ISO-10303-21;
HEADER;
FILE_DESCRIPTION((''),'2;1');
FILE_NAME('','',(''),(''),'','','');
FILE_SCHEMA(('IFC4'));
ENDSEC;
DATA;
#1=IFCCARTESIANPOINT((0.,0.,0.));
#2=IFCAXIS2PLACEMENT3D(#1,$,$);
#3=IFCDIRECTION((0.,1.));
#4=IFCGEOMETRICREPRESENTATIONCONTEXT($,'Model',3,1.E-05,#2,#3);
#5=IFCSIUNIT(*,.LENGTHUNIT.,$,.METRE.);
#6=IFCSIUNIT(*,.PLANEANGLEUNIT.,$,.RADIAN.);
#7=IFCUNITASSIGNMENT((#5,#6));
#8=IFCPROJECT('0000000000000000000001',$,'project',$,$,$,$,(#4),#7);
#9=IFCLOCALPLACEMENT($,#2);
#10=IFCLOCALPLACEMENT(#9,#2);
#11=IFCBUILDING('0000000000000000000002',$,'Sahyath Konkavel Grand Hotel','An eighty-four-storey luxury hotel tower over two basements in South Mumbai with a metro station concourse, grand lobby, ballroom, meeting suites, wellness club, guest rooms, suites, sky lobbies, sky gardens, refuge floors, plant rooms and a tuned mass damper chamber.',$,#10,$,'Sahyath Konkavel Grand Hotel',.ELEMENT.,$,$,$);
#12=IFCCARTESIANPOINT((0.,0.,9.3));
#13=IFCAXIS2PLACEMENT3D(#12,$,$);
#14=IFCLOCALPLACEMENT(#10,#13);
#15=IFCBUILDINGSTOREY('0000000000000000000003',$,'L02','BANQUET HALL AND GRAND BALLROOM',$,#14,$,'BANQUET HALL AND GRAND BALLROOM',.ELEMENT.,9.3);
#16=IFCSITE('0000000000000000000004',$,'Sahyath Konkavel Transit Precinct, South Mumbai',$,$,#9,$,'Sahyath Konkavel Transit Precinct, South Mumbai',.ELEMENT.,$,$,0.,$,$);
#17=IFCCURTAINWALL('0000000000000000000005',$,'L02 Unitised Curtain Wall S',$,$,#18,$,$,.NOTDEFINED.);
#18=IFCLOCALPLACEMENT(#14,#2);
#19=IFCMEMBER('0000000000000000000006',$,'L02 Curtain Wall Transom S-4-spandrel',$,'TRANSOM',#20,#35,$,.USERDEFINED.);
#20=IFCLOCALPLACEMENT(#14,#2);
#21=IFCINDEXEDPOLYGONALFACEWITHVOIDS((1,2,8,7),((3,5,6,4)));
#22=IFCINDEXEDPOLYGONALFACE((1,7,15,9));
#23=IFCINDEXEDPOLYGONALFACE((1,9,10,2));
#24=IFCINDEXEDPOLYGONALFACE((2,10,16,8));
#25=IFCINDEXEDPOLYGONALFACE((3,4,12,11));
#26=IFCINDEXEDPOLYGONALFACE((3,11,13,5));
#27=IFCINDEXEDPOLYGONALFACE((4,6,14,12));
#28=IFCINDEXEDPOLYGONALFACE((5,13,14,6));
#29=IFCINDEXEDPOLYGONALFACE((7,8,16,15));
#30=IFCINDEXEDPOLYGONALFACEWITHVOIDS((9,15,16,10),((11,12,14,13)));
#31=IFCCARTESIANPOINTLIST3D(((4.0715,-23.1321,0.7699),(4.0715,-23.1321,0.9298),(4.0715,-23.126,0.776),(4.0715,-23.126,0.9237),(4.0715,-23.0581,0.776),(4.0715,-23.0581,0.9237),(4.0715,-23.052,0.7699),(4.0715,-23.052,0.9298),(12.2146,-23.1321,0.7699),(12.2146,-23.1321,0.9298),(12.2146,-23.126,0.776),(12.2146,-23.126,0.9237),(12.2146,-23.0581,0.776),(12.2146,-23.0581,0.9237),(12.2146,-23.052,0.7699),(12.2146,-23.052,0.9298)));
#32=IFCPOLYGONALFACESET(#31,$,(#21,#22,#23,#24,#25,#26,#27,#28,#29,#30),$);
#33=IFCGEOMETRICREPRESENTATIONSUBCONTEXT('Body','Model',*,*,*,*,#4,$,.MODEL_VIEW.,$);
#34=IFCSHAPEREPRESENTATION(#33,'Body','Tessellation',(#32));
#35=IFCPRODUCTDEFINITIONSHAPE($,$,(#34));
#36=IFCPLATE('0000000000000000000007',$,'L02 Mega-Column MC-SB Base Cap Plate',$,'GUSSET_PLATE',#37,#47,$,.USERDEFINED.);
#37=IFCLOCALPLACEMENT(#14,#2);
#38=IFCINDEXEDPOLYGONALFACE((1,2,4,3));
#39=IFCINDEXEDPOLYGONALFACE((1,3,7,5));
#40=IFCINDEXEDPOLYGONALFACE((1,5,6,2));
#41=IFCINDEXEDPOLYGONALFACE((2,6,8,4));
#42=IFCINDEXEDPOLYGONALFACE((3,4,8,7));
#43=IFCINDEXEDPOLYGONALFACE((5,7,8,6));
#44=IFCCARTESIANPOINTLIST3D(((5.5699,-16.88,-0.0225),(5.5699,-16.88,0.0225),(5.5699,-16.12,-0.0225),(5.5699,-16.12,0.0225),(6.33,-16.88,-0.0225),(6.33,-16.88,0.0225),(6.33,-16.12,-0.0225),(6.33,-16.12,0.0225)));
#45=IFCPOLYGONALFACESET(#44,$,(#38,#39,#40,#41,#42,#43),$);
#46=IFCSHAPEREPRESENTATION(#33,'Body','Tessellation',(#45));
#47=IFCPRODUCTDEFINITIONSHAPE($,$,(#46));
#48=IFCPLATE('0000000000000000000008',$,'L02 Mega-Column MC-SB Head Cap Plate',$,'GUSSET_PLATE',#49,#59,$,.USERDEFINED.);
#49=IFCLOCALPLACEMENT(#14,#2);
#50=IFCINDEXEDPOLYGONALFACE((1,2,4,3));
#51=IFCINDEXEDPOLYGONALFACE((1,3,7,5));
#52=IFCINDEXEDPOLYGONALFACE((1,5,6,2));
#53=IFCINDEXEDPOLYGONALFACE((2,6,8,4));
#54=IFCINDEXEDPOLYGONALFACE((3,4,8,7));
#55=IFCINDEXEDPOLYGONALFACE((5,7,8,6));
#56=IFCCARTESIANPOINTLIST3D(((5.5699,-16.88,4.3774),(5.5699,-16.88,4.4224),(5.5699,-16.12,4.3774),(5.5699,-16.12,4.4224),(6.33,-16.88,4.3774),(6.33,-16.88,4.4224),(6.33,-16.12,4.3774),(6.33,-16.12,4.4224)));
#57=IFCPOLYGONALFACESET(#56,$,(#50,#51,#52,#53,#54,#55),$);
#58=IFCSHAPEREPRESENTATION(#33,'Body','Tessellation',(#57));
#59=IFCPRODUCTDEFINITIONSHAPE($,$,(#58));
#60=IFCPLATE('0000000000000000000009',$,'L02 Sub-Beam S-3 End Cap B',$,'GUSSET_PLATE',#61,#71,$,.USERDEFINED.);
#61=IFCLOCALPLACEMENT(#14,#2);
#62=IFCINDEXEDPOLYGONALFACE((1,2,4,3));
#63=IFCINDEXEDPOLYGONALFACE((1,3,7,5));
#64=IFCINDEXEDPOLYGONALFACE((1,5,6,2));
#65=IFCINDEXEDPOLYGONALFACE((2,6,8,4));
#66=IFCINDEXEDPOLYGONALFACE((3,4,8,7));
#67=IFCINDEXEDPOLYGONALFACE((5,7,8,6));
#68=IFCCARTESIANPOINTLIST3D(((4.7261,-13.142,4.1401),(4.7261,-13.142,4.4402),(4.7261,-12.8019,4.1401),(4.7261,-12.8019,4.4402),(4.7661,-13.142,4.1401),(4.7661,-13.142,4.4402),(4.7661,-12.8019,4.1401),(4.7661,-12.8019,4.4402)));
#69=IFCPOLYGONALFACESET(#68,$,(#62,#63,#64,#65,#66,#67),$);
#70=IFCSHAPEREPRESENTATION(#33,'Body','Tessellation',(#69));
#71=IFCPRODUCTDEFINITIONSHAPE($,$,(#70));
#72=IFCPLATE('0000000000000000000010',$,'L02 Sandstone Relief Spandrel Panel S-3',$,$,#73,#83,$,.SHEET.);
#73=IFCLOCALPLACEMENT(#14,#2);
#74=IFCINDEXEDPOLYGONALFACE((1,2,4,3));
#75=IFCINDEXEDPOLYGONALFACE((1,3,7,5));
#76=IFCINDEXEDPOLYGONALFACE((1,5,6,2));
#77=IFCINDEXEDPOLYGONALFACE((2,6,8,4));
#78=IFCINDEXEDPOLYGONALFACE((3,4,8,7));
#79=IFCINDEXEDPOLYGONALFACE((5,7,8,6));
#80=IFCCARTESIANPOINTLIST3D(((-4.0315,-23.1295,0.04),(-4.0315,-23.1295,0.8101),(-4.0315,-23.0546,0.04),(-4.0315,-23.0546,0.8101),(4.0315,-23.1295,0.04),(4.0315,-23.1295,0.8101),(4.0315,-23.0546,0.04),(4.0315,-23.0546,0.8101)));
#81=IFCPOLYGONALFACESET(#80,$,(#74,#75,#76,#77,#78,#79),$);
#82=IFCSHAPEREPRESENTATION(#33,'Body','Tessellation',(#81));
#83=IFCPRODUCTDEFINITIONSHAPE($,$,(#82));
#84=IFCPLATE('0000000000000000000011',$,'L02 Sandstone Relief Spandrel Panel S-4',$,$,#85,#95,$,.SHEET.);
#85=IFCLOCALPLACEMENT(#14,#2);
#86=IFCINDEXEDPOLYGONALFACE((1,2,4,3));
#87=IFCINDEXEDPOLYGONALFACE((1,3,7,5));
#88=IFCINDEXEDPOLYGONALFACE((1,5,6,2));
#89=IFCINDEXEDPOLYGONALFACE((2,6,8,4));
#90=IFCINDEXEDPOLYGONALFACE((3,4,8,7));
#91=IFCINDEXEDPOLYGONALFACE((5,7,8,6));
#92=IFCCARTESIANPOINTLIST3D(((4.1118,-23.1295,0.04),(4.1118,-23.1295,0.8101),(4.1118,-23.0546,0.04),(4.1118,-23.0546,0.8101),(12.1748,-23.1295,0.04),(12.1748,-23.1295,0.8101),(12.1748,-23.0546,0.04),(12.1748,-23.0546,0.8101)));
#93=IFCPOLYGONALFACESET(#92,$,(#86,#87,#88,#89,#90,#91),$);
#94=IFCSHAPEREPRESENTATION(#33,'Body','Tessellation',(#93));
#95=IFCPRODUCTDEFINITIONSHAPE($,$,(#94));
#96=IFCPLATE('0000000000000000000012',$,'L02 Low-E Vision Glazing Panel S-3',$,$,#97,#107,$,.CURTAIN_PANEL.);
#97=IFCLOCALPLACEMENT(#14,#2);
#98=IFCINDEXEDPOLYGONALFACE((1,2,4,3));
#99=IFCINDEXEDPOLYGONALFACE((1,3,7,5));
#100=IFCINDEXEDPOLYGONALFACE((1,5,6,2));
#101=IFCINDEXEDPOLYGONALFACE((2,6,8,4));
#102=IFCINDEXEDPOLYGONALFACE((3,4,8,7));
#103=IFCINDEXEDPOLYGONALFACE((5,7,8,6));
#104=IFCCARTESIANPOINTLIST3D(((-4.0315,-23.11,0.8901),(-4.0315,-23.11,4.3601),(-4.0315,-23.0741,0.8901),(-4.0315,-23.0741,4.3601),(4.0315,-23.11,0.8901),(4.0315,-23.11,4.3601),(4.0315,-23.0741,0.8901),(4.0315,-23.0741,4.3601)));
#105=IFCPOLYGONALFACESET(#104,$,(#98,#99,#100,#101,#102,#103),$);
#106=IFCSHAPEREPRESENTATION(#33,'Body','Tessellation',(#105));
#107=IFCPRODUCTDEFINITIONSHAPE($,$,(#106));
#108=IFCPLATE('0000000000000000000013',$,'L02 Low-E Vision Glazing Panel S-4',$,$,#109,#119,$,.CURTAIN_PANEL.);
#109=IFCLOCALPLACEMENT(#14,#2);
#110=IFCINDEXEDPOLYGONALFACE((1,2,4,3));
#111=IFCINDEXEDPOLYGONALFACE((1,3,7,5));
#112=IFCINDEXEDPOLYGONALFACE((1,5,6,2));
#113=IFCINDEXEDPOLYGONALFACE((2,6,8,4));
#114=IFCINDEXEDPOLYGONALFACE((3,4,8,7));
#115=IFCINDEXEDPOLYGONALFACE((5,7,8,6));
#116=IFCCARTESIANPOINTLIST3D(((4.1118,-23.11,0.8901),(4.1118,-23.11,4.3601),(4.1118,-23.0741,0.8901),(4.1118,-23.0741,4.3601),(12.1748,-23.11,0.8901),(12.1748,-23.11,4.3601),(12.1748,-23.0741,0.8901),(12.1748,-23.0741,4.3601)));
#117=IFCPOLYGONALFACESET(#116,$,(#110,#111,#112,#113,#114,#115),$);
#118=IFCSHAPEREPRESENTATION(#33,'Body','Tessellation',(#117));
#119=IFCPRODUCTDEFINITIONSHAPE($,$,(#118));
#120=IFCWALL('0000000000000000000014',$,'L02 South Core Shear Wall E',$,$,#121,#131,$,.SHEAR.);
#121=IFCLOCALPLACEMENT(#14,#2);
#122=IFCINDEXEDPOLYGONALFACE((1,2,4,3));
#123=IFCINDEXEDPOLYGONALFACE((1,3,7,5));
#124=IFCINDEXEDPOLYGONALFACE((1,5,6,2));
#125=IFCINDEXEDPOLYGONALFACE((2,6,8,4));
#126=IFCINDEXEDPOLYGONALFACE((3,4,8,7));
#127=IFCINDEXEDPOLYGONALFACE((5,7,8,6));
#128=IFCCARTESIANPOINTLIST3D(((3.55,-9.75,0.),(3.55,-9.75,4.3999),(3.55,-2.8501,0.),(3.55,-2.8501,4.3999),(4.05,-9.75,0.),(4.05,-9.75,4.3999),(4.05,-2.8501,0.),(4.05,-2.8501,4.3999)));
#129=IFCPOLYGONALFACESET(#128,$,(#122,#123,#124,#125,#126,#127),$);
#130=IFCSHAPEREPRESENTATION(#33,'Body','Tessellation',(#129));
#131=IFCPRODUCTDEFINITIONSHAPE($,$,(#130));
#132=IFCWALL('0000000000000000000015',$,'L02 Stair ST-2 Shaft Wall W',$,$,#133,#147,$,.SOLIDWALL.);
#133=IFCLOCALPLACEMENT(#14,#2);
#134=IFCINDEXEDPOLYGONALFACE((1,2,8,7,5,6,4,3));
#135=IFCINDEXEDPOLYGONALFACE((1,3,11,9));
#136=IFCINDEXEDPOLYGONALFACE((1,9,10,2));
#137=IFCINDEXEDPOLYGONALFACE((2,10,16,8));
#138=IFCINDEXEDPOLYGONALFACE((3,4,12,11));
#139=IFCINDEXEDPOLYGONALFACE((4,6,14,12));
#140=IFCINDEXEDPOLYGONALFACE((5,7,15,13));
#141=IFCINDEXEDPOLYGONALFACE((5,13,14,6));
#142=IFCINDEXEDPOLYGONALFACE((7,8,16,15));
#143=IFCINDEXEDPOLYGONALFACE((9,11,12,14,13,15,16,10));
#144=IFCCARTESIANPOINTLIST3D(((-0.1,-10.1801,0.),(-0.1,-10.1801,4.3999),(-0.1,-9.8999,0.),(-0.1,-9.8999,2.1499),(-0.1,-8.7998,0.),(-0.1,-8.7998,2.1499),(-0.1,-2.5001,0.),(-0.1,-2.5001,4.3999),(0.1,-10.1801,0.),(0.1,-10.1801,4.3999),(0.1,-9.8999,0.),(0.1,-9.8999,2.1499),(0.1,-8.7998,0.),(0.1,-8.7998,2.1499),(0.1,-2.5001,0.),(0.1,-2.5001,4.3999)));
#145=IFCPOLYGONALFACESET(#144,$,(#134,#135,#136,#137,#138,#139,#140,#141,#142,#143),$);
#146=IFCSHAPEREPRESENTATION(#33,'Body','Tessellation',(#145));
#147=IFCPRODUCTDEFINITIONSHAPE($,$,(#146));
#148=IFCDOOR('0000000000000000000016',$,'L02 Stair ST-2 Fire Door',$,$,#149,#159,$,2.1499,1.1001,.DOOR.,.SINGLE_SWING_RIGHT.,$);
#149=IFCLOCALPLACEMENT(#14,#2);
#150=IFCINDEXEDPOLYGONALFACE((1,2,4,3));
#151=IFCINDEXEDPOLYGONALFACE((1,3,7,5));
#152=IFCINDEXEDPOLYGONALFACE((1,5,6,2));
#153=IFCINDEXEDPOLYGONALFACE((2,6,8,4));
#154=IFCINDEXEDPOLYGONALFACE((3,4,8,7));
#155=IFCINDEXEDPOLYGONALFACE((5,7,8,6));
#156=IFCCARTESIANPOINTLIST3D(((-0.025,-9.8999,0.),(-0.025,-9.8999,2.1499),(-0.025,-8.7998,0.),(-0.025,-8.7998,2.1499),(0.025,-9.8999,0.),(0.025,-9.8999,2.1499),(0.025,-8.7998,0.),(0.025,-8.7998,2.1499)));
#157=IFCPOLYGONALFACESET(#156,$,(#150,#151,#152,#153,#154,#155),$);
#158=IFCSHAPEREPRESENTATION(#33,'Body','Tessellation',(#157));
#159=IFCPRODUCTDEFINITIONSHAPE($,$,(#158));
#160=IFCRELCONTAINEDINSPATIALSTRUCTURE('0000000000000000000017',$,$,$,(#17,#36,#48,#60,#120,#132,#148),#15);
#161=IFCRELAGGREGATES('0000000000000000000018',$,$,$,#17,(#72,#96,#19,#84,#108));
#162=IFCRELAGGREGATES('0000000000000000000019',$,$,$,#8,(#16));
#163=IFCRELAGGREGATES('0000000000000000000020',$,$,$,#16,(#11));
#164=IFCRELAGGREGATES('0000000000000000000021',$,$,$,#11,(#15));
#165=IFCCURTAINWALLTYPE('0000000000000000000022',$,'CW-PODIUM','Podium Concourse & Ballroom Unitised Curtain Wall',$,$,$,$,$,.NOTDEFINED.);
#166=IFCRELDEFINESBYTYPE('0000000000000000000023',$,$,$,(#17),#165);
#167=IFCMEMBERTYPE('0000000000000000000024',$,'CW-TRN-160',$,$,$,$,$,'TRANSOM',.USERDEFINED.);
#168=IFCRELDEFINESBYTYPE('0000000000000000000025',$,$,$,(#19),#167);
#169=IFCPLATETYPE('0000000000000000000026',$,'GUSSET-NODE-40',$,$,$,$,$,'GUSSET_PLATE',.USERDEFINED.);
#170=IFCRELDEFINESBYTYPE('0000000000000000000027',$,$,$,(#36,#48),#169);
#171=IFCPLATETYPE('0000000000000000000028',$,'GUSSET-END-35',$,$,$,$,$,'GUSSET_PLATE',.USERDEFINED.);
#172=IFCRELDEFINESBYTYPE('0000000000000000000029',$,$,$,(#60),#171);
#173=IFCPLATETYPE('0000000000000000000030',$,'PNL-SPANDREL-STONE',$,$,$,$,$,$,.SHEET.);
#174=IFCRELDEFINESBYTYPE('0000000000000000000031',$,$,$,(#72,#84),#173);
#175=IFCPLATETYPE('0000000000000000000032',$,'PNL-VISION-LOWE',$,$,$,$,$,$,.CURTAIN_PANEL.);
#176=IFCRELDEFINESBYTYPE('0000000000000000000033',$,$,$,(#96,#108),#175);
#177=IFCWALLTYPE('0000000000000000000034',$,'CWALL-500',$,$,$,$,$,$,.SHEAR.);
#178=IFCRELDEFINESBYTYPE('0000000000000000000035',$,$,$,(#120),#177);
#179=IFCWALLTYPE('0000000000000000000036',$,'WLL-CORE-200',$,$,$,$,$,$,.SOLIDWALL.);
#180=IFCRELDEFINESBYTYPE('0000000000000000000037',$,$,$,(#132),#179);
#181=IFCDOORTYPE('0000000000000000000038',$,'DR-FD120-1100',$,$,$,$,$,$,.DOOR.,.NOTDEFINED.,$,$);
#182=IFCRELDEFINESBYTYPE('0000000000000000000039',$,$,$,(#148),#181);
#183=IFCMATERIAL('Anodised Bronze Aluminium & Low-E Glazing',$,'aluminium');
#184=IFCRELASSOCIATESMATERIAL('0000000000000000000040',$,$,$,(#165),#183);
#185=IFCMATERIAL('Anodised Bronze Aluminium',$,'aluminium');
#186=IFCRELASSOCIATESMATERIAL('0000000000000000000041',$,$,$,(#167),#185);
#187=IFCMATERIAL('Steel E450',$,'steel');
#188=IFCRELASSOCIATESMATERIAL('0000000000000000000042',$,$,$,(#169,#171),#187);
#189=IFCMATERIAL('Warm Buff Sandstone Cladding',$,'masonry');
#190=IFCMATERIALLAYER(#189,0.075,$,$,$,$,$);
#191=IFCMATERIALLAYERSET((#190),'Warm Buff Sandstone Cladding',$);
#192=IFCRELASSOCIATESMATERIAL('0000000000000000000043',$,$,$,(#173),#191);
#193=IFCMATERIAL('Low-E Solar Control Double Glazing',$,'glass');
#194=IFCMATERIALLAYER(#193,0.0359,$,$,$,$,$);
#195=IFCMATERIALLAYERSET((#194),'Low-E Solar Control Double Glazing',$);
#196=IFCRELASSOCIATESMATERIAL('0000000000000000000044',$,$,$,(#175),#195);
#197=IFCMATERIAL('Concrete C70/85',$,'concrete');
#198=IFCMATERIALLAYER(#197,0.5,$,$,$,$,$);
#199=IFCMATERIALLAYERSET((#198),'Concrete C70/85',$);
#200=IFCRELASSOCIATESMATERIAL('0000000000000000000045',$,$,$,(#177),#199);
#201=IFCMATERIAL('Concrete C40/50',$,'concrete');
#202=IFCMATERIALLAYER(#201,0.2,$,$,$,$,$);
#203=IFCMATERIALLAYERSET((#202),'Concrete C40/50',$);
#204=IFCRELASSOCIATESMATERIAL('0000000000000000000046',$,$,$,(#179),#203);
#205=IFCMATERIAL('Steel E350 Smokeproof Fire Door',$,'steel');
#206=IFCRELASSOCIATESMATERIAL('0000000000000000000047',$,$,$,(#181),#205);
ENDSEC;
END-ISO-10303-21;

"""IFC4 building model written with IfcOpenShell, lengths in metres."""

from ifc_helpers import new_model, si_unit, direction, frame, frame_2d, origin, origin_2d, place, context, subcontext, project, spatial, rectangle, hollow_rectangle, extrude, source, transform, mapped, material, layer, layer_set, material_profile, profile_set, type_object, element, fill, aggregate, save


model = new_model("IFC4")

# Units and contexts
model_context = context("Model", 3, precision=1e-05, world=origin(), true_north=direction((0.0, 1.0)))
body_context = subcontext(model_context, "Body", "Model", "MODEL_VIEW")
ifc_project = project(units=[si_unit("LENGTHUNIT", "METRE"), si_unit("PLANEANGLEUNIT", "RADIAN")], contexts=[model_context])

# Site, building, storey
site_placement = place(None, origin())
site = spatial("IfcSite", under=ifc_project, at=site_placement, Name="Sahyath Konkavel Transit Precinct, South Mumbai", LongName="Sahyath Konkavel Transit Precinct, South Mumbai", CompositionType="ELEMENT", RefElevation=0.0)
building_placement = place(site_placement, origin())
building = spatial("IfcBuilding", under=site, at=building_placement, Name="Sahyath Konkavel Grand Hotel", Description="An eighty-four-storey luxury hotel tower over two basements in South Mumbai with a metro station concourse, grand lobby, ballroom, meeting suites, wellness club, guest rooms, suites, sky lobbies, sky gardens, refuge floors, plant rooms and a tuned mass damper chamber.", LongName="Sahyath Konkavel Grand Hotel", CompositionType="ELEMENT")
storey_placement = place(building_placement, frame((0.0, 0.0, 9.3)))
storey = spatial("IfcBuildingStorey", under=building, at=storey_placement, Name="L02", Description="BANQUET HALL AND GRAND BALLROOM", LongName="BANQUET HALL AND GRAND BALLROOM", CompositionType="ELEMENT", Elevation=9.3)

# Shared definitions
ifc_material_1 = material(Name="Concrete C70/85", Category="concrete")
ifc_material_2 = material(Name="Steel E450", Category="steel")

# Curtain wall, member
ifc_material_3 = material(Name="Anodised Bronze Aluminium & Low-E Glazing", Category="aluminium")
curtain_wall_type = type_object("IfcCurtainWallType", Name="CW-PODIUM", Description="Podium Concourse & Ballroom Unitised Curtain Wall", PredefinedType="NOTDEFINED", material=ifc_material_3)
curtain_wall_placement = place(storey_placement, origin())
curtain_wall = element("IfcCurtainWall", 1, at=curtain_wall_placement, inside=storey, type_object=curtain_wall_type, Name="L02 Unitised Curtain Wall S", PredefinedType="NOTDEFINED")
ifc_material_4 = material(Name="Anodised Bronze Aluminium", Category="aluminium")
ifc_material_profile_1 = material_profile(ifc_material_4, hollow_rectangle(XDim=0.0801, YDim=0.1599, WallThickness=0.0061, at=origin_2d()), Name="RHS 160x80x6")
ifc_profile_set_1 = profile_set([ifc_material_profile_1], Name="Anodised Bronze Aluminium")
member_type_1 = type_object("IfcMemberType", Name="CW-TRN-160", ElementType="TRANSOM", PredefinedType="USERDEFINED", material=ifc_profile_set_1)
shared_shape_1 = source(origin(), body_context, "Body", "SweptSolid", [
    extrude(hollow_rectangle(XDim=0.0801, YDim=0.1599, WallThickness=0.0061, at=origin_2d()), origin(), (0.0, 0.0, 1.0), 8.1431),
])
member_1_placement = place(storey_placement, frame((4.0715, -23.092, 0.8499), z_axis=(1.0, 0.0, 0.0), x_axis=(0.0, 1.0, 0.0)))
member_1 = element("IfcMember", 2, at=member_1_placement, type_object=member_type_1, Name="L02 Curtain Wall Transom S-4-spandrel", ObjectType="TRANSOM", PredefinedType="USERDEFINED", context=body_context, shape_type="MappedRepresentation", body=[
    mapped(shared_shape_1, transform((0.0, 0.0, 0.0), scale=1.0)),
])

# Plates
plate_type_1 = type_object("IfcPlateType", Name="GUSSET-NODE-40", ElementType="GUSSET_PLATE", PredefinedType="USERDEFINED", material=ifc_material_2)
shared_shape_2 = source(origin(), body_context, "Body", "SweptSolid", [
    extrude(rectangle(XDim=0.76, YDim=0.76, at=origin_2d()), origin(), (0.0, 0.0, 1.0), 0.0449),
])
for number, where, z_axis, x_axis, name in (
    (3, (5.95, -16.5, -0.0225), (0.0, 0.0, 1.0), (1.0, 0.0, 0.0), "L02 Mega-Column MC-SB Base Cap Plate"),
    (4, (5.95, -16.5, 4.3774), (0.0, 0.0, 1.0), (1.0, 0.0, 0.0), "L02 Mega-Column MC-SB Head Cap Plate"),
):
    element("IfcPlate", number, at=place(storey_placement, frame(where, z_axis=z_axis, x_axis=x_axis)), inside=storey, type_object=plate_type_1, Name=name, ObjectType="GUSSET_PLATE", PredefinedType="USERDEFINED", context=body_context, shape_type="MappedRepresentation", body=[
        mapped(shared_shape_2, transform((0.0, 0.0, 0.0), scale=1.0)),
    ])
plate_type_2 = type_object("IfcPlateType", Name="GUSSET-END-35", ElementType="GUSSET_PLATE", PredefinedType="USERDEFINED", material=ifc_material_2)
shared_shape_3 = source(origin(), body_context, "Body", "SweptSolid", [
    extrude(rectangle(XDim=0.04, YDim=0.3401, at=origin_2d()), origin(), (0.0, 0.0, 1.0), 0.3),
])
plate_1_placement = place(storey_placement, frame((4.7461, -12.9719, 4.1401), z_axis=(0.0, 0.0, 1.0), x_axis=(1.0, 0.0, 0.0)))
element("IfcPlate", 5, at=plate_1_placement, inside=storey, type_object=plate_type_2, Name="L02 Sub-Beam S-3 End Cap B", ObjectType="GUSSET_PLATE", PredefinedType="USERDEFINED", context=body_context, shape_type="MappedRepresentation", body=[
    mapped(shared_shape_3, transform((0.0, 0.0, 0.0), scale=1.0)),
])

# Plates
ifc_material_5 = material(Name="Warm Buff Sandstone Cladding", Category="masonry")
ifc_layer_1 = layer(ifc_material_5, 0.075)
ifc_layer_set_1 = layer_set([ifc_layer_1], Name="Warm Buff Sandstone Cladding")
plate_type_3 = type_object("IfcPlateType", Name="PNL-SPANDREL-STONE", PredefinedType="SHEET", material=ifc_layer_set_1)
shared_shape_4 = source(origin(), body_context, "Body", "SweptSolid", [
    extrude(rectangle(XDim=8.063, YDim=0.075, at=origin_2d()), origin(), (0.0, 0.0, 1.0), 0.77),
])
plate_2_placement = place(storey_placement, frame((0.0, -23.092, 0.04), z_axis=(0.0, 0.0, 1.0), x_axis=(1.0, 0.0, 0.0)))
plate_2 = element("IfcPlate", 6, at=plate_2_placement, type_object=plate_type_3, Name="L02 Sandstone Relief Spandrel Panel S-3", PredefinedType="SHEET", context=body_context, shape_type="MappedRepresentation", body=[
    mapped(shared_shape_4, transform((0.0, 0.0, 0.0), scale=1.0)),
])
plate_3_placement = place(storey_placement, frame((8.1433, -23.092, 0.04), z_axis=(0.0, 0.0, 1.0), x_axis=(1.0, 0.0, 0.0)))
plate_3 = element("IfcPlate", 7, at=plate_3_placement, type_object=plate_type_3, Name="L02 Sandstone Relief Spandrel Panel S-4", PredefinedType="SHEET", context=body_context, shape_type="MappedRepresentation", body=[
    mapped(shared_shape_4, transform((0.0, 0.0, 0.0), scale=1.0)),
])
ifc_material_6 = material(Name="Low-E Solar Control Double Glazing", Category="glass")
ifc_layer_2 = layer(ifc_material_6, 0.0359)
ifc_layer_set_2 = layer_set([ifc_layer_2], Name="Low-E Solar Control Double Glazing")
plate_type_4 = type_object("IfcPlateType", Name="PNL-VISION-LOWE", PredefinedType="CURTAIN_PANEL", material=ifc_layer_set_2)
shared_shape_5 = source(origin(), body_context, "Body", "SweptSolid", [
    extrude(rectangle(XDim=8.063, YDim=0.0359, at=origin_2d()), origin(), (0.0, 0.0, 1.0), 3.47),
])
plate_4_placement = place(storey_placement, frame((0.0, -23.092, 0.8901), z_axis=(0.0, 0.0, 1.0), x_axis=(1.0, 0.0, 0.0)))
plate_4 = element("IfcPlate", 8, at=plate_4_placement, type_object=plate_type_4, Name="L02 Low-E Vision Glazing Panel S-3", PredefinedType="CURTAIN_PANEL", context=body_context, shape_type="MappedRepresentation", body=[
    mapped(shared_shape_5, transform((0.0, 0.0, 0.0), scale=1.0)),
])
plate_5_placement = place(storey_placement, frame((8.1433, -23.092, 0.8901), z_axis=(0.0, 0.0, 1.0), x_axis=(1.0, 0.0, 0.0)))
plate_5 = element("IfcPlate", 9, at=plate_5_placement, type_object=plate_type_4, Name="L02 Low-E Vision Glazing Panel S-4", PredefinedType="CURTAIN_PANEL", context=body_context, shape_type="MappedRepresentation", body=[
    mapped(shared_shape_5, transform((0.0, 0.0, 0.0), scale=1.0)),
])
aggregate(curtain_wall, [plate_2, plate_4, member_1, plate_3, plate_5])

# Wall
ifc_layer_3 = layer(ifc_material_1, 0.5)
ifc_layer_set_3 = layer_set([ifc_layer_3], Name="Concrete C70/85")
wall_type_1 = type_object("IfcWallType", Name="CWALL-500", PredefinedType="SHEAR", material=ifc_layer_set_3)
wall_1_placement = place(storey_placement, frame((3.8, -9.75, 0.0), z_axis=(0.0, 0.0, 1.0), x_axis=(0.0, 1.0, 0.0)))
element("IfcWall", 10, at=wall_1_placement, inside=storey, type_object=wall_type_1, Name="L02 South Core Shear Wall E", PredefinedType="SHEAR", context=body_context, shape_type="SweptSolid", body=[
    extrude(rectangle(XDim=6.8999, YDim=0.5, at=frame_2d((3.45, 0.0))), origin(), (0.0, 0.0, 1.0), 4.3999),
])

# Wall, opening, door
ifc_material_7 = material(Name="Concrete C40/50", Category="concrete")
ifc_layer_4 = layer(ifc_material_7, 0.2)
ifc_layer_set_4 = layer_set([ifc_layer_4], Name="Concrete C40/50")
wall_type_2 = type_object("IfcWallType", Name="WLL-CORE-200", PredefinedType="SOLIDWALL", material=ifc_layer_set_4)
wall_2_placement = place(storey_placement, frame((0.0, -10.1799, 0.0), z_axis=(0.0, 0.0, 1.0), x_axis=(0.0, 1.0, 0.0)))
wall_2 = element("IfcWall", 11, at=wall_2_placement, inside=storey, type_object=wall_type_2, Name="L02 Stair ST-2 Shaft Wall W", PredefinedType="SOLIDWALL", context=body_context, shape_type="SweptSolid", body=[
    extrude(rectangle(XDim=7.6799, YDim=0.2, at=frame_2d((3.8398, 0.0))), origin(), (0.0, 0.0, 1.0), 4.3999),
])
opening_placement = place(wall_2_placement, frame((0.28, 0.0, 0.0)))
opening = element("IfcOpeningElement", 12, at=opening_placement, cuts=wall_2, PredefinedType="OPENING", context=body_context, shape_type="SweptSolid", body=[
    extrude(rectangle(XDim=1.1001, YDim=2.1499, at=frame_2d((0.55, 1.075))), frame((0.0, 0.1099, 0.0), z_axis=(0.0, -1.0, 0.0), x_axis=(1.0, 0.0, 0.0)), (0.0, 0.0, 1.0), 0.22),
])
ifc_material_8 = material(Name="Steel E350 Smokeproof Fire Door", Category="steel")
door_type = type_object("IfcDoorType", Name="DR-FD120-1100", OperationType="NOTDEFINED", PredefinedType="DOOR", material=ifc_material_8)
shared_shape_6 = source(origin(), body_context, "Body", "SweptSolid", [
    extrude(rectangle(XDim=1.1001, YDim=0.05, at=origin_2d()), origin(), (0.0, 0.0, 1.0), 2.1499),
])
door_placement = place(opening_placement, frame((0.55, 0.0, 0.0)))
door = element("IfcDoor", 13, at=door_placement, inside=storey, type_object=door_type, Name="L02 Stair ST-2 Fire Door", OperationType="SINGLE_SWING_RIGHT", OverallHeight=2.1499, OverallWidth=1.1001, PredefinedType="DOOR", context=body_context, shape_type="MappedRepresentation", body=[
    mapped(shared_shape_6, transform((0.0, 0.0, 0.0), scale=1.0)),
])
fill(opening, door)

save(model, "model.ifc")
